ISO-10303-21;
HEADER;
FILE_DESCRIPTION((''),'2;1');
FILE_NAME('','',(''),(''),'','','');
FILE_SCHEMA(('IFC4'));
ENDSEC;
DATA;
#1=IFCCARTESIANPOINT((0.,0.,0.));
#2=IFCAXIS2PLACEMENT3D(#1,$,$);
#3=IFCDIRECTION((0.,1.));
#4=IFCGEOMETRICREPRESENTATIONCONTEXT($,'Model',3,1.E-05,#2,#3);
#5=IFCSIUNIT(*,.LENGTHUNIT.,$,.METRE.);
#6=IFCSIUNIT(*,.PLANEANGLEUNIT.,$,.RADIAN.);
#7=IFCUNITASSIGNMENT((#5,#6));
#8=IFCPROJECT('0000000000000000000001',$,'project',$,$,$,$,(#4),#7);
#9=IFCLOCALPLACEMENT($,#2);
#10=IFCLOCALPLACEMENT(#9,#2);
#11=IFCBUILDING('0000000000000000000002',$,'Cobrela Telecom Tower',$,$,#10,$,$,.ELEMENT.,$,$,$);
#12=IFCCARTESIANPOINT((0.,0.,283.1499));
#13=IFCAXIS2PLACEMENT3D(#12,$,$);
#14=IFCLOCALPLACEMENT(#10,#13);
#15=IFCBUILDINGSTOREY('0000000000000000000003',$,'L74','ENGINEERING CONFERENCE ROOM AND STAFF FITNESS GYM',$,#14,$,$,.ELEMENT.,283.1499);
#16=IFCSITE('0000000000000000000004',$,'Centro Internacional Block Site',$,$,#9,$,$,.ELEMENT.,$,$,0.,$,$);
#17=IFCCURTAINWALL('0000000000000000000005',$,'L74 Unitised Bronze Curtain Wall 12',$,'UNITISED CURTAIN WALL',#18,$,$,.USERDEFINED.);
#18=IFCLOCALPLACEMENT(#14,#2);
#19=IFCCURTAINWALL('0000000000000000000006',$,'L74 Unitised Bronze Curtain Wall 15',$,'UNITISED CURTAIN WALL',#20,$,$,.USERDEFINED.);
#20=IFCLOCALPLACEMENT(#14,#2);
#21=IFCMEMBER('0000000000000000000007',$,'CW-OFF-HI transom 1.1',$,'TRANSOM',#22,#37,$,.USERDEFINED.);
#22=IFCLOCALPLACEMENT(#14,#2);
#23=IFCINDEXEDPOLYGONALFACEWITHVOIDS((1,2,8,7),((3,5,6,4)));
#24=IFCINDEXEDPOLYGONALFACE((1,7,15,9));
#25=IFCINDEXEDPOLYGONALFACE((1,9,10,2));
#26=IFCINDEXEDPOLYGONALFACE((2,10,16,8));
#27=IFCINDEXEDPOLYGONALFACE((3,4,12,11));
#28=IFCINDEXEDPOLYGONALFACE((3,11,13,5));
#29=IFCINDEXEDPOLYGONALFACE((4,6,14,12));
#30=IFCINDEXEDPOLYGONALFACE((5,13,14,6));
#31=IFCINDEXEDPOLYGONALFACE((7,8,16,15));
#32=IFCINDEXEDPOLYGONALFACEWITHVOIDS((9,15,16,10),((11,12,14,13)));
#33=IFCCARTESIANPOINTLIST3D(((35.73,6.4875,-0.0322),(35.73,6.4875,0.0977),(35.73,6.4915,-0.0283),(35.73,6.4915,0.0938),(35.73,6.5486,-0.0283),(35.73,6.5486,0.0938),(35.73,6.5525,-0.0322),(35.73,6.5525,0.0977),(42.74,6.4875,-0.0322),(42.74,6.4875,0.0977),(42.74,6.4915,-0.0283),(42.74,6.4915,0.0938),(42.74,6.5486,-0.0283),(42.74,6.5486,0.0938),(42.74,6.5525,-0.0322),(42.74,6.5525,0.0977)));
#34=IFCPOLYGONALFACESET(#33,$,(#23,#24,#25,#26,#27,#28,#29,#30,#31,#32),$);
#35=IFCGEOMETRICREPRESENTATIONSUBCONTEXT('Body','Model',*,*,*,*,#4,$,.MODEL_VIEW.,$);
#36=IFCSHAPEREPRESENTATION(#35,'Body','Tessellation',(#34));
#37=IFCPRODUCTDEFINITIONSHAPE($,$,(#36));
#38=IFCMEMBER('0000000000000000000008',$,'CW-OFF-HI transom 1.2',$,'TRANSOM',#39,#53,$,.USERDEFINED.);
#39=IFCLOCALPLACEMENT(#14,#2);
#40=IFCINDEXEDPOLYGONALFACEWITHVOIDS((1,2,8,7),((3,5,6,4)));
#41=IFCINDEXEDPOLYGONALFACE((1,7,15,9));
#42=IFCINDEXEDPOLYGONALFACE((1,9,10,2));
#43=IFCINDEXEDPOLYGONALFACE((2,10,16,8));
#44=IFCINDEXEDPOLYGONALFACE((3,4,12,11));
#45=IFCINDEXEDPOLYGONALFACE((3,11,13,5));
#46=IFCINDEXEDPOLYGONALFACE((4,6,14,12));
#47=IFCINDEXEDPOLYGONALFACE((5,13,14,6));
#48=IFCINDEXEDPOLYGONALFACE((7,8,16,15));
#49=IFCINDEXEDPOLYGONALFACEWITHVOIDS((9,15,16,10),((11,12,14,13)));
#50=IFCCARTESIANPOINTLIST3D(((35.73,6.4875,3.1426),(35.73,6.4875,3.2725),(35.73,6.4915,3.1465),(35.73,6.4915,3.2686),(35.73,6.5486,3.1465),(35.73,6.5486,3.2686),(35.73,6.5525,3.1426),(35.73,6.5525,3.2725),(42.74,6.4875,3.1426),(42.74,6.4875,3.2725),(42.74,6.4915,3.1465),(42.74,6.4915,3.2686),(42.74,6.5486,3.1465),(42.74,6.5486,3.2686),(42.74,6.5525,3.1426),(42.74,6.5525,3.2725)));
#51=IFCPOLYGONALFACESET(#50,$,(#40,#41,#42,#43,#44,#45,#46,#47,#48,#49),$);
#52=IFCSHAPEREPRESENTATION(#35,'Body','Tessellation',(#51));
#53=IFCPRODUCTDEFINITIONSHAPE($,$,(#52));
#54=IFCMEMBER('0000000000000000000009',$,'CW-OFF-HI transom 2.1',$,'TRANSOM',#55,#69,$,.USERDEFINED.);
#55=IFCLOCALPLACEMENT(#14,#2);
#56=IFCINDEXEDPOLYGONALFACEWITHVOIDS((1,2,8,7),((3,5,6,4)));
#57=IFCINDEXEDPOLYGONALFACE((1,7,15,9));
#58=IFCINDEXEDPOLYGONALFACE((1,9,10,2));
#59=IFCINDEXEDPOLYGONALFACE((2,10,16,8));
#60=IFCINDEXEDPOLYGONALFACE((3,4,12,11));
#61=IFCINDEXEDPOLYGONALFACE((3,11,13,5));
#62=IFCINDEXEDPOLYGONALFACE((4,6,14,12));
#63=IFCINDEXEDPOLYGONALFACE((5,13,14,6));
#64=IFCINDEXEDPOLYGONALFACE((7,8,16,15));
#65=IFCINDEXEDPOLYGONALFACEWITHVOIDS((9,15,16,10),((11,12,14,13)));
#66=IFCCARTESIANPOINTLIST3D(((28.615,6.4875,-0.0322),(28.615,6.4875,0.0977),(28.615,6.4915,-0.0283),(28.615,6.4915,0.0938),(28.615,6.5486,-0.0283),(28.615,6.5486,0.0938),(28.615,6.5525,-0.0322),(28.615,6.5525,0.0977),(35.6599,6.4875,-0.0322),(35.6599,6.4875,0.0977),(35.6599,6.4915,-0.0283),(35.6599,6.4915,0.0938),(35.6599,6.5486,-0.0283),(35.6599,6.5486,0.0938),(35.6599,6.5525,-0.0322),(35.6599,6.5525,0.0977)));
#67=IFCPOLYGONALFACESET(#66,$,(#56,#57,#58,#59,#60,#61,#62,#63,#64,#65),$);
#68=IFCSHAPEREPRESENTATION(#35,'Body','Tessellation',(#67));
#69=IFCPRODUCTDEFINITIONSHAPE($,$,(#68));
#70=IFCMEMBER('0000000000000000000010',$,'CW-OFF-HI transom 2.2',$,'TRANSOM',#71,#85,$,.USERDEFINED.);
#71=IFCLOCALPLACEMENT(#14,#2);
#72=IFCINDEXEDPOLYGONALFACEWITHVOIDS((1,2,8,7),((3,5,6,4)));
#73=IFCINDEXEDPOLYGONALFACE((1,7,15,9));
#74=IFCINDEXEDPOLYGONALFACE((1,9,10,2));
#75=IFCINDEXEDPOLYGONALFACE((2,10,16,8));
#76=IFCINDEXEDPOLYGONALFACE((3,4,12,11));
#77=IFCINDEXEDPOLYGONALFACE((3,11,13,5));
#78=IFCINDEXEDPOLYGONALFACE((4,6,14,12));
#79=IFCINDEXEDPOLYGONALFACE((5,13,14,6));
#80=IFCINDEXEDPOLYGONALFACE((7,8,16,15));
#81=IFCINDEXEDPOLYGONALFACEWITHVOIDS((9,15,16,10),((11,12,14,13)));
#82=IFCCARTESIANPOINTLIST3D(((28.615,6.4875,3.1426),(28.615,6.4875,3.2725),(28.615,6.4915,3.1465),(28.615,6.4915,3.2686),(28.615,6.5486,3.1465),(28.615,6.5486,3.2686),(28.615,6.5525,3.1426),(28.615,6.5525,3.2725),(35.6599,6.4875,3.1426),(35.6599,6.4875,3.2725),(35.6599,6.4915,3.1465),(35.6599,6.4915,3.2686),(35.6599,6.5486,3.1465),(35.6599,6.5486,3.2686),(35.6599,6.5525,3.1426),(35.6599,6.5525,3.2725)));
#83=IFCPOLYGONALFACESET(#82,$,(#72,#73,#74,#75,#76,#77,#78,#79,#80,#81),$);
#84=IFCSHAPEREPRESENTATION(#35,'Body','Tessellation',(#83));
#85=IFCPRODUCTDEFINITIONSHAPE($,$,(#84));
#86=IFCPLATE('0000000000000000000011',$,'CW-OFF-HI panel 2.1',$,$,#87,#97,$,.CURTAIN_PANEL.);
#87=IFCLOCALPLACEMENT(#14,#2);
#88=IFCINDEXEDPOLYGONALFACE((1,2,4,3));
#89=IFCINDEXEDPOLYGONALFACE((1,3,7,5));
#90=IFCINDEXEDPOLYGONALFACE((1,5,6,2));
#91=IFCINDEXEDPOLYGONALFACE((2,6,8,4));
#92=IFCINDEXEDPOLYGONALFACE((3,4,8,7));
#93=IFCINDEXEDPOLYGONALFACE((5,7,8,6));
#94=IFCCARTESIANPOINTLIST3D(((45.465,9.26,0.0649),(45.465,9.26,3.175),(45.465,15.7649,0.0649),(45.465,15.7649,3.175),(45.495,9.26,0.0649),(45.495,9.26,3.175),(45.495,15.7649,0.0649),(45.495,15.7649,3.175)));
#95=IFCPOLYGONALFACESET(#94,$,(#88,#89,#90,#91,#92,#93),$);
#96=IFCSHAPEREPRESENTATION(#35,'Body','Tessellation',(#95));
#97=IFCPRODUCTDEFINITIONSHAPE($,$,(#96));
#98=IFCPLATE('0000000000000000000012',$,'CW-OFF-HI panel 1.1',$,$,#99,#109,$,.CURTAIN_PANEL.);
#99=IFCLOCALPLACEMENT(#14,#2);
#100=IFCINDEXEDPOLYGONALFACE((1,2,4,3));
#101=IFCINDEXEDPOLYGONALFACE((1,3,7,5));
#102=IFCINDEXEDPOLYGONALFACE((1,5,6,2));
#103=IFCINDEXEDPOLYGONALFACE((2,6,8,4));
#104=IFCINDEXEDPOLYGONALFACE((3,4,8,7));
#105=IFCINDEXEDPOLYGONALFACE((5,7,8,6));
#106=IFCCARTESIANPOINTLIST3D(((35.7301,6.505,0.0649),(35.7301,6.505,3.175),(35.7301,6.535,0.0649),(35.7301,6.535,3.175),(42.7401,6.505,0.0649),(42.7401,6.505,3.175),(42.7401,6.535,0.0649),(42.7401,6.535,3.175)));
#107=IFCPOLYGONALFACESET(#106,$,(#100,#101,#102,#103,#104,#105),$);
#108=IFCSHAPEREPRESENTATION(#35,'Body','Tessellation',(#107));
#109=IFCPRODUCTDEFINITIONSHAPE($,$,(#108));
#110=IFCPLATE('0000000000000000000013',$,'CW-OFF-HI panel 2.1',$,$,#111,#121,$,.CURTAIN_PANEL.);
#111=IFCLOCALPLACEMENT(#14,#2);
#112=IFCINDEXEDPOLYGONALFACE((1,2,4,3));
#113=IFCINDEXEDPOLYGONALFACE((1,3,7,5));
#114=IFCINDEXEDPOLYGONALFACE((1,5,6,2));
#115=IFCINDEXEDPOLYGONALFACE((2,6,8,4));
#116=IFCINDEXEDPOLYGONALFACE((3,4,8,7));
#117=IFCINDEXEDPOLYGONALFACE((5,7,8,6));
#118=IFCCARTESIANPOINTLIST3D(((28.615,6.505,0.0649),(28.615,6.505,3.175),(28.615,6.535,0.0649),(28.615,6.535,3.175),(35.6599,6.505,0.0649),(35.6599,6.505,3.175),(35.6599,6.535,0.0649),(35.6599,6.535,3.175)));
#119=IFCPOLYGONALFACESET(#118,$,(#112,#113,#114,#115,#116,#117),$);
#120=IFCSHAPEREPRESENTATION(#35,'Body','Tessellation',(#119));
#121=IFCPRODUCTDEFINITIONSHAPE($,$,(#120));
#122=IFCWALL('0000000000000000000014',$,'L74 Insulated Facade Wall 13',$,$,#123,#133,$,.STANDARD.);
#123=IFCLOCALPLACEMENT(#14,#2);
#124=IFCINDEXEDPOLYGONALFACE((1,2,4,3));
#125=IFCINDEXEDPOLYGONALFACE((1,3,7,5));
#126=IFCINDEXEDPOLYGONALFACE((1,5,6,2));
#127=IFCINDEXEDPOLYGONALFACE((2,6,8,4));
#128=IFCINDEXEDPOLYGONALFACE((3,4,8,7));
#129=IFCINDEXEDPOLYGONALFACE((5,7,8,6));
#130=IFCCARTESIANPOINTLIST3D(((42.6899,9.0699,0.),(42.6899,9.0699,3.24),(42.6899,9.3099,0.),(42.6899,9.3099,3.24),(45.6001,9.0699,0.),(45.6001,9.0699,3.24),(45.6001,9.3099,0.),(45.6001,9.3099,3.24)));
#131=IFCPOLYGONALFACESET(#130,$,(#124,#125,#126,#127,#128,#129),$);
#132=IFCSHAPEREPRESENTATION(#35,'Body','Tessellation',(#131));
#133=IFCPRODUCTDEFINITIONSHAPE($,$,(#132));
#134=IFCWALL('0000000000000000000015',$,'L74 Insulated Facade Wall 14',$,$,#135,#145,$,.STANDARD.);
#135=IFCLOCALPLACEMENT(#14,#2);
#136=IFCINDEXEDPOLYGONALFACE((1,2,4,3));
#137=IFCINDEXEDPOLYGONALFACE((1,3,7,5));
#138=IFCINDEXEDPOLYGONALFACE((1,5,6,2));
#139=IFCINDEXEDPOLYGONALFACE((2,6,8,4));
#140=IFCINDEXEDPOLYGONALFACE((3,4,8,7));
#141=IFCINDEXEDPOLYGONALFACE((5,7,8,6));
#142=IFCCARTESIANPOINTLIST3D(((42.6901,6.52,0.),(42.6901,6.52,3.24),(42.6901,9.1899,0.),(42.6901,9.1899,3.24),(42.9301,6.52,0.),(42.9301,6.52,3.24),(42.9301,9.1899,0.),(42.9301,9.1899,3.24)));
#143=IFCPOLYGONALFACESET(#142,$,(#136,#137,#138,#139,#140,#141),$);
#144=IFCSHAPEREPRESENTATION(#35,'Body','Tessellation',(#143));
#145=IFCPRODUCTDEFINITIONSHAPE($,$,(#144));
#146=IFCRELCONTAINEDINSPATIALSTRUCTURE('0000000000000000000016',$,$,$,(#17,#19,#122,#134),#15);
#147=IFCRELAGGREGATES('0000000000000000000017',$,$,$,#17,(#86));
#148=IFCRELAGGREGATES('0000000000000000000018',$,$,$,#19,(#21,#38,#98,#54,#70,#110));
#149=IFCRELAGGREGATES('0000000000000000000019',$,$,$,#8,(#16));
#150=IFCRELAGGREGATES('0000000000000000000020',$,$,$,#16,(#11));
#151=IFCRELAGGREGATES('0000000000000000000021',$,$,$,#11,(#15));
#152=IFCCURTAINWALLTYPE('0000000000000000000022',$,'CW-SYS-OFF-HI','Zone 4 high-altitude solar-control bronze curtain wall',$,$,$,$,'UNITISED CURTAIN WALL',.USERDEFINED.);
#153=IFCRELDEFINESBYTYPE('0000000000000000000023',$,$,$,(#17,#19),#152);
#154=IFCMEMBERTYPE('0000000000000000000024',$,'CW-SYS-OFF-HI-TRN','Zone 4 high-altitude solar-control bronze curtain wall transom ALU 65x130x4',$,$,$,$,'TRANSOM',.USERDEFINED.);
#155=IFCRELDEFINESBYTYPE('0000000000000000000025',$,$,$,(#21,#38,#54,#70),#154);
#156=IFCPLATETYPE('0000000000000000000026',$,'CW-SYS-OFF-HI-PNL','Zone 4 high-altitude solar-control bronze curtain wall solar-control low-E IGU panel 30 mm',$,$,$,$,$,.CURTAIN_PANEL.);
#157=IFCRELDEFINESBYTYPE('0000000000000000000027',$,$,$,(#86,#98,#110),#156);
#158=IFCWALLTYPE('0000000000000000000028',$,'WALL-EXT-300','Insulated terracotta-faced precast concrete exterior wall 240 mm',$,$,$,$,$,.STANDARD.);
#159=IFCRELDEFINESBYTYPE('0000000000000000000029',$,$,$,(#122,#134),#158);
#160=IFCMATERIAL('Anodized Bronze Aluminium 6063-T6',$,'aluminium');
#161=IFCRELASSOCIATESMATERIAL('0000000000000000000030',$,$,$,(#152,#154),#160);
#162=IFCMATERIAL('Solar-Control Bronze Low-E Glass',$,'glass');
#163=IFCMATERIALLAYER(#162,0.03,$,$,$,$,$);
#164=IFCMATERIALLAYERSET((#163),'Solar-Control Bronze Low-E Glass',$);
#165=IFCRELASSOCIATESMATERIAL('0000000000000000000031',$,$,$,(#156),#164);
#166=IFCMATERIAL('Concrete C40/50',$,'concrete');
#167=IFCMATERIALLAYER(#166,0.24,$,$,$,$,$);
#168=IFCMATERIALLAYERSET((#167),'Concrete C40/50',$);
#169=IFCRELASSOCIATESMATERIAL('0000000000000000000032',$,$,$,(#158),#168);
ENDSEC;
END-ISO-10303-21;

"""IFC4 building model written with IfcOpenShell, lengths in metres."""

from ifc_helpers import new_model, si_unit, direction, frame, frame_2d, origin, origin_2d, place, context, subcontext, project, spatial, rectangle, hollow_rectangle, extrude, material, layer, layer_set, material_profile, profile_set, type_object, element, aggregate, save


model = new_model("IFC4")

# Units and contexts
model_context = context("Model", 3, precision=1e-05, world=origin(), true_north=direction((0.0, 1.0)))
body_context = subcontext(model_context, "Body", "Model", "MODEL_VIEW")
ifc_project = project(units=[si_unit("LENGTHUNIT", "METRE"), si_unit("PLANEANGLEUNIT", "RADIAN")], contexts=[model_context])

# Site, building, storey
site_placement = place(None, origin())
site = spatial("IfcSite", under=ifc_project, at=site_placement, Name="Centro Internacional Block Site", CompositionType="ELEMENT", RefElevation=0.0)
building_placement = place(site_placement, origin())
building = spatial("IfcBuilding", under=site, at=building_placement, Name="Cobrela Telecom Tower", CompositionType="ELEMENT")
storey_placement = place(building_placement, frame((0.0, 0.0, 283.1499)))
storey = spatial("IfcBuildingStorey", under=building, at=storey_placement, Name="L74", Description="ENGINEERING CONFERENCE ROOM AND STAFF FITNESS GYM", CompositionType="ELEMENT", Elevation=283.1499)

# Curtain wall
ifc_material_1 = material(Name="Anodized Bronze Aluminium 6063-T6", Category="aluminium")
curtain_wall_type = type_object("IfcCurtainWallType", Name="CW-SYS-OFF-HI", Description="Zone 4 high-altitude solar-control bronze curtain wall", ElementType="UNITISED CURTAIN WALL", PredefinedType="USERDEFINED", material=ifc_material_1)
curtain_wall_1_placement = place(storey_placement, origin())
curtain_wall_1 = element("IfcCurtainWall", 1, at=curtain_wall_1_placement, inside=storey, type_object=curtain_wall_type, Name="L74 Unitised Bronze Curtain Wall 12", ObjectType="UNITISED CURTAIN WALL", PredefinedType="USERDEFINED")

# Curtain wall, members
curtain_wall_2_placement = place(storey_placement, origin())
curtain_wall_2 = element("IfcCurtainWall", 2, at=curtain_wall_2_placement, inside=storey, type_object=curtain_wall_type, Name="L74 Unitised Bronze Curtain Wall 15", ObjectType="UNITISED CURTAIN WALL", PredefinedType="USERDEFINED")
ifc_material_profile_1 = material_profile(ifc_material_1, hollow_rectangle(XDim=0.0649, YDim=0.1299, WallThickness=0.0039, at=origin_2d()), Name="ALU 65x130x4")
ifc_profile_set_1 = profile_set([ifc_material_profile_1], Name="Anodized Bronze Aluminium 6063-T6")
member_type_1 = type_object("IfcMemberType", Name="CW-SYS-OFF-HI-TRN", Description="Zone 4 high-altitude solar-control bronze curtain wall transom ALU 65x130x4", ElementType="TRANSOM", PredefinedType="USERDEFINED", material=ifc_profile_set_1)
member_1_placement = place(storey_placement, frame((42.74, 6.52, 0.0327), z_axis=(-1.0, 0.0, 0.0), x_axis=(0.0, -1.0, 0.0)))
member_1 = element("IfcMember", 3, at=member_1_placement, type_object=member_type_1, Name="CW-OFF-HI transom 1.1", ObjectType="TRANSOM", PredefinedType="USERDEFINED", context=body_context, shape_type="SweptSolid", body=[
    extrude(hollow_rectangle(XDim=0.0649, YDim=0.1299, WallThickness=0.0039, at=origin_2d()), origin(), (0.0, 0.0, 1.0), 7.01),
])
member_2_placement = place(storey_placement, frame((42.74, 6.52, 3.2075), z_axis=(-1.0, 0.0, 0.0), x_axis=(0.0, -1.0, 0.0)))
member_2 = element("IfcMember", 4, at=member_2_placement, type_object=member_type_1, Name="CW-OFF-HI transom 1.2", ObjectType="TRANSOM", PredefinedType="USERDEFINED", context=body_context, shape_type="SweptSolid", body=[
    extrude(hollow_rectangle(XDim=0.0649, YDim=0.1299, WallThickness=0.0039, at=origin_2d()), origin(), (0.0, 0.0, 1.0), 7.01),
])
member_3_placement = place(storey_placement, frame((35.6599, 6.52, 0.0327), z_axis=(-1.0, 0.0, 0.0), x_axis=(0.0, -1.0, 0.0)))
member_3 = element("IfcMember", 5, at=member_3_placement, type_object=member_type_1, Name="CW-OFF-HI transom 2.1", ObjectType="TRANSOM", PredefinedType="USERDEFINED", context=body_context, shape_type="SweptSolid", body=[
    extrude(hollow_rectangle(XDim=0.0649, YDim=0.1299, WallThickness=0.0039, at=origin_2d()), origin(), (0.0, 0.0, 1.0), 7.0449),
])
member_4_placement = place(storey_placement, frame((35.6599, 6.52, 3.2075), z_axis=(-1.0, 0.0, 0.0), x_axis=(0.0, -1.0, 0.0)))
member_4 = element("IfcMember", 6, at=member_4_placement, type_object=member_type_1, Name="CW-OFF-HI transom 2.2", ObjectType="TRANSOM", PredefinedType="USERDEFINED", context=body_context, shape_type="SweptSolid", body=[
    extrude(hollow_rectangle(XDim=0.0649, YDim=0.1299, WallThickness=0.0039, at=origin_2d()), origin(), (0.0, 0.0, 1.0), 7.0449),
])

# Plates
ifc_material_2 = material(Name="Solar-Control Bronze Low-E Glass", Category="glass")
ifc_layer_1 = layer(ifc_material_2, 0.03)
ifc_layer_set_1 = layer_set([ifc_layer_1], Name="Solar-Control Bronze Low-E Glass")
plate_type = type_object("IfcPlateType", Name="CW-SYS-OFF-HI-PNL", Description="Zone 4 high-altitude solar-control bronze curtain wall solar-control low-E IGU panel 30 mm", PredefinedType="CURTAIN_PANEL", material=ifc_layer_set_1)
plate_1_placement = place(storey_placement, frame((45.48, 12.5125, 0.0649), z_axis=(0.0, 0.0, 1.0), x_axis=(0.0, -1.0, 0.0)))
plate_1 = element("IfcPlate", 7, at=plate_1_placement, type_object=plate_type, Name="CW-OFF-HI panel 2.1", PredefinedType="CURTAIN_PANEL", context=body_context, shape_type="SweptSolid", body=[
    extrude(rectangle(XDim=6.5049, YDim=0.03, at=origin_2d()), origin(), (0.0, 0.0, 1.0), 3.1101),
])
aggregate(curtain_wall_1, [plate_1])
plate_2_placement = place(storey_placement, frame((39.2351, 6.52, 0.0649), z_axis=(0.0, 0.0, 1.0), x_axis=(-1.0, 0.0, 0.0)))
plate_2 = element("IfcPlate", 8, at=plate_2_placement, type_object=plate_type, Name="CW-OFF-HI panel 1.1", PredefinedType="CURTAIN_PANEL", context=body_context, shape_type="SweptSolid", body=[
    extrude(rectangle(XDim=7.01, YDim=0.03, at=origin_2d()), origin(), (0.0, 0.0, 1.0), 3.1101),
])
plate_3_placement = place(storey_placement, frame((32.1375, 6.52, 0.0649), z_axis=(0.0, 0.0, 1.0), x_axis=(-1.0, 0.0, 0.0)))
plate_3 = element("IfcPlate", 9, at=plate_3_placement, type_object=plate_type, Name="CW-OFF-HI panel 2.1", PredefinedType="CURTAIN_PANEL", context=body_context, shape_type="SweptSolid", body=[
    extrude(rectangle(XDim=7.0449, YDim=0.03, at=origin_2d()), origin(), (0.0, 0.0, 1.0), 3.1101),
])
aggregate(curtain_wall_2, [member_1, member_2, plate_2, member_3, member_4, plate_3])

# Walls
ifc_material_3 = material(Name="Concrete C40/50", Category="concrete")
ifc_layer_2 = layer(ifc_material_3, 0.24)
ifc_layer_set_2 = layer_set([ifc_layer_2], Name="Concrete C40/50")
wall_type = type_object("IfcWallType", Name="WALL-EXT-300", Description="Insulated terracotta-faced precast concrete exterior wall 240 mm", PredefinedType="STANDARD", material=ifc_layer_set_2)
wall_1_placement = place(storey_placement, frame((45.6001, 9.1899, 0.0), z_axis=(0.0, 0.0, 1.0), x_axis=(-1.0, 0.0, 0.0)))
element("IfcWall", 10, at=wall_1_placement, inside=storey, type_object=wall_type, Name="L74 Insulated Facade Wall 13", PredefinedType="STANDARD", context=body_context, shape_type="SweptSolid", body=[
    extrude(rectangle(XDim=2.9102, YDim=0.24, at=frame_2d((1.4551, 0.0))), origin(), (0.0, 0.0, 1.0), 3.24),
])
wall_2_placement = place(storey_placement, frame((42.8101, 9.1899, 0.0), z_axis=(0.0, 0.0, 1.0), x_axis=(0.0, -1.0, 0.0)))
element("IfcWall", 11, at=wall_2_placement, inside=storey, type_object=wall_type, Name="L74 Insulated Facade Wall 14", PredefinedType="STANDARD", context=body_context, shape_type="SweptSolid", body=[
    extrude(rectangle(XDim=2.6699, YDim=0.24, at=frame_2d((1.335, 0.0))), origin(), (0.0, 0.0, 1.0), 3.24),
])

save(model, "model.ifc")
